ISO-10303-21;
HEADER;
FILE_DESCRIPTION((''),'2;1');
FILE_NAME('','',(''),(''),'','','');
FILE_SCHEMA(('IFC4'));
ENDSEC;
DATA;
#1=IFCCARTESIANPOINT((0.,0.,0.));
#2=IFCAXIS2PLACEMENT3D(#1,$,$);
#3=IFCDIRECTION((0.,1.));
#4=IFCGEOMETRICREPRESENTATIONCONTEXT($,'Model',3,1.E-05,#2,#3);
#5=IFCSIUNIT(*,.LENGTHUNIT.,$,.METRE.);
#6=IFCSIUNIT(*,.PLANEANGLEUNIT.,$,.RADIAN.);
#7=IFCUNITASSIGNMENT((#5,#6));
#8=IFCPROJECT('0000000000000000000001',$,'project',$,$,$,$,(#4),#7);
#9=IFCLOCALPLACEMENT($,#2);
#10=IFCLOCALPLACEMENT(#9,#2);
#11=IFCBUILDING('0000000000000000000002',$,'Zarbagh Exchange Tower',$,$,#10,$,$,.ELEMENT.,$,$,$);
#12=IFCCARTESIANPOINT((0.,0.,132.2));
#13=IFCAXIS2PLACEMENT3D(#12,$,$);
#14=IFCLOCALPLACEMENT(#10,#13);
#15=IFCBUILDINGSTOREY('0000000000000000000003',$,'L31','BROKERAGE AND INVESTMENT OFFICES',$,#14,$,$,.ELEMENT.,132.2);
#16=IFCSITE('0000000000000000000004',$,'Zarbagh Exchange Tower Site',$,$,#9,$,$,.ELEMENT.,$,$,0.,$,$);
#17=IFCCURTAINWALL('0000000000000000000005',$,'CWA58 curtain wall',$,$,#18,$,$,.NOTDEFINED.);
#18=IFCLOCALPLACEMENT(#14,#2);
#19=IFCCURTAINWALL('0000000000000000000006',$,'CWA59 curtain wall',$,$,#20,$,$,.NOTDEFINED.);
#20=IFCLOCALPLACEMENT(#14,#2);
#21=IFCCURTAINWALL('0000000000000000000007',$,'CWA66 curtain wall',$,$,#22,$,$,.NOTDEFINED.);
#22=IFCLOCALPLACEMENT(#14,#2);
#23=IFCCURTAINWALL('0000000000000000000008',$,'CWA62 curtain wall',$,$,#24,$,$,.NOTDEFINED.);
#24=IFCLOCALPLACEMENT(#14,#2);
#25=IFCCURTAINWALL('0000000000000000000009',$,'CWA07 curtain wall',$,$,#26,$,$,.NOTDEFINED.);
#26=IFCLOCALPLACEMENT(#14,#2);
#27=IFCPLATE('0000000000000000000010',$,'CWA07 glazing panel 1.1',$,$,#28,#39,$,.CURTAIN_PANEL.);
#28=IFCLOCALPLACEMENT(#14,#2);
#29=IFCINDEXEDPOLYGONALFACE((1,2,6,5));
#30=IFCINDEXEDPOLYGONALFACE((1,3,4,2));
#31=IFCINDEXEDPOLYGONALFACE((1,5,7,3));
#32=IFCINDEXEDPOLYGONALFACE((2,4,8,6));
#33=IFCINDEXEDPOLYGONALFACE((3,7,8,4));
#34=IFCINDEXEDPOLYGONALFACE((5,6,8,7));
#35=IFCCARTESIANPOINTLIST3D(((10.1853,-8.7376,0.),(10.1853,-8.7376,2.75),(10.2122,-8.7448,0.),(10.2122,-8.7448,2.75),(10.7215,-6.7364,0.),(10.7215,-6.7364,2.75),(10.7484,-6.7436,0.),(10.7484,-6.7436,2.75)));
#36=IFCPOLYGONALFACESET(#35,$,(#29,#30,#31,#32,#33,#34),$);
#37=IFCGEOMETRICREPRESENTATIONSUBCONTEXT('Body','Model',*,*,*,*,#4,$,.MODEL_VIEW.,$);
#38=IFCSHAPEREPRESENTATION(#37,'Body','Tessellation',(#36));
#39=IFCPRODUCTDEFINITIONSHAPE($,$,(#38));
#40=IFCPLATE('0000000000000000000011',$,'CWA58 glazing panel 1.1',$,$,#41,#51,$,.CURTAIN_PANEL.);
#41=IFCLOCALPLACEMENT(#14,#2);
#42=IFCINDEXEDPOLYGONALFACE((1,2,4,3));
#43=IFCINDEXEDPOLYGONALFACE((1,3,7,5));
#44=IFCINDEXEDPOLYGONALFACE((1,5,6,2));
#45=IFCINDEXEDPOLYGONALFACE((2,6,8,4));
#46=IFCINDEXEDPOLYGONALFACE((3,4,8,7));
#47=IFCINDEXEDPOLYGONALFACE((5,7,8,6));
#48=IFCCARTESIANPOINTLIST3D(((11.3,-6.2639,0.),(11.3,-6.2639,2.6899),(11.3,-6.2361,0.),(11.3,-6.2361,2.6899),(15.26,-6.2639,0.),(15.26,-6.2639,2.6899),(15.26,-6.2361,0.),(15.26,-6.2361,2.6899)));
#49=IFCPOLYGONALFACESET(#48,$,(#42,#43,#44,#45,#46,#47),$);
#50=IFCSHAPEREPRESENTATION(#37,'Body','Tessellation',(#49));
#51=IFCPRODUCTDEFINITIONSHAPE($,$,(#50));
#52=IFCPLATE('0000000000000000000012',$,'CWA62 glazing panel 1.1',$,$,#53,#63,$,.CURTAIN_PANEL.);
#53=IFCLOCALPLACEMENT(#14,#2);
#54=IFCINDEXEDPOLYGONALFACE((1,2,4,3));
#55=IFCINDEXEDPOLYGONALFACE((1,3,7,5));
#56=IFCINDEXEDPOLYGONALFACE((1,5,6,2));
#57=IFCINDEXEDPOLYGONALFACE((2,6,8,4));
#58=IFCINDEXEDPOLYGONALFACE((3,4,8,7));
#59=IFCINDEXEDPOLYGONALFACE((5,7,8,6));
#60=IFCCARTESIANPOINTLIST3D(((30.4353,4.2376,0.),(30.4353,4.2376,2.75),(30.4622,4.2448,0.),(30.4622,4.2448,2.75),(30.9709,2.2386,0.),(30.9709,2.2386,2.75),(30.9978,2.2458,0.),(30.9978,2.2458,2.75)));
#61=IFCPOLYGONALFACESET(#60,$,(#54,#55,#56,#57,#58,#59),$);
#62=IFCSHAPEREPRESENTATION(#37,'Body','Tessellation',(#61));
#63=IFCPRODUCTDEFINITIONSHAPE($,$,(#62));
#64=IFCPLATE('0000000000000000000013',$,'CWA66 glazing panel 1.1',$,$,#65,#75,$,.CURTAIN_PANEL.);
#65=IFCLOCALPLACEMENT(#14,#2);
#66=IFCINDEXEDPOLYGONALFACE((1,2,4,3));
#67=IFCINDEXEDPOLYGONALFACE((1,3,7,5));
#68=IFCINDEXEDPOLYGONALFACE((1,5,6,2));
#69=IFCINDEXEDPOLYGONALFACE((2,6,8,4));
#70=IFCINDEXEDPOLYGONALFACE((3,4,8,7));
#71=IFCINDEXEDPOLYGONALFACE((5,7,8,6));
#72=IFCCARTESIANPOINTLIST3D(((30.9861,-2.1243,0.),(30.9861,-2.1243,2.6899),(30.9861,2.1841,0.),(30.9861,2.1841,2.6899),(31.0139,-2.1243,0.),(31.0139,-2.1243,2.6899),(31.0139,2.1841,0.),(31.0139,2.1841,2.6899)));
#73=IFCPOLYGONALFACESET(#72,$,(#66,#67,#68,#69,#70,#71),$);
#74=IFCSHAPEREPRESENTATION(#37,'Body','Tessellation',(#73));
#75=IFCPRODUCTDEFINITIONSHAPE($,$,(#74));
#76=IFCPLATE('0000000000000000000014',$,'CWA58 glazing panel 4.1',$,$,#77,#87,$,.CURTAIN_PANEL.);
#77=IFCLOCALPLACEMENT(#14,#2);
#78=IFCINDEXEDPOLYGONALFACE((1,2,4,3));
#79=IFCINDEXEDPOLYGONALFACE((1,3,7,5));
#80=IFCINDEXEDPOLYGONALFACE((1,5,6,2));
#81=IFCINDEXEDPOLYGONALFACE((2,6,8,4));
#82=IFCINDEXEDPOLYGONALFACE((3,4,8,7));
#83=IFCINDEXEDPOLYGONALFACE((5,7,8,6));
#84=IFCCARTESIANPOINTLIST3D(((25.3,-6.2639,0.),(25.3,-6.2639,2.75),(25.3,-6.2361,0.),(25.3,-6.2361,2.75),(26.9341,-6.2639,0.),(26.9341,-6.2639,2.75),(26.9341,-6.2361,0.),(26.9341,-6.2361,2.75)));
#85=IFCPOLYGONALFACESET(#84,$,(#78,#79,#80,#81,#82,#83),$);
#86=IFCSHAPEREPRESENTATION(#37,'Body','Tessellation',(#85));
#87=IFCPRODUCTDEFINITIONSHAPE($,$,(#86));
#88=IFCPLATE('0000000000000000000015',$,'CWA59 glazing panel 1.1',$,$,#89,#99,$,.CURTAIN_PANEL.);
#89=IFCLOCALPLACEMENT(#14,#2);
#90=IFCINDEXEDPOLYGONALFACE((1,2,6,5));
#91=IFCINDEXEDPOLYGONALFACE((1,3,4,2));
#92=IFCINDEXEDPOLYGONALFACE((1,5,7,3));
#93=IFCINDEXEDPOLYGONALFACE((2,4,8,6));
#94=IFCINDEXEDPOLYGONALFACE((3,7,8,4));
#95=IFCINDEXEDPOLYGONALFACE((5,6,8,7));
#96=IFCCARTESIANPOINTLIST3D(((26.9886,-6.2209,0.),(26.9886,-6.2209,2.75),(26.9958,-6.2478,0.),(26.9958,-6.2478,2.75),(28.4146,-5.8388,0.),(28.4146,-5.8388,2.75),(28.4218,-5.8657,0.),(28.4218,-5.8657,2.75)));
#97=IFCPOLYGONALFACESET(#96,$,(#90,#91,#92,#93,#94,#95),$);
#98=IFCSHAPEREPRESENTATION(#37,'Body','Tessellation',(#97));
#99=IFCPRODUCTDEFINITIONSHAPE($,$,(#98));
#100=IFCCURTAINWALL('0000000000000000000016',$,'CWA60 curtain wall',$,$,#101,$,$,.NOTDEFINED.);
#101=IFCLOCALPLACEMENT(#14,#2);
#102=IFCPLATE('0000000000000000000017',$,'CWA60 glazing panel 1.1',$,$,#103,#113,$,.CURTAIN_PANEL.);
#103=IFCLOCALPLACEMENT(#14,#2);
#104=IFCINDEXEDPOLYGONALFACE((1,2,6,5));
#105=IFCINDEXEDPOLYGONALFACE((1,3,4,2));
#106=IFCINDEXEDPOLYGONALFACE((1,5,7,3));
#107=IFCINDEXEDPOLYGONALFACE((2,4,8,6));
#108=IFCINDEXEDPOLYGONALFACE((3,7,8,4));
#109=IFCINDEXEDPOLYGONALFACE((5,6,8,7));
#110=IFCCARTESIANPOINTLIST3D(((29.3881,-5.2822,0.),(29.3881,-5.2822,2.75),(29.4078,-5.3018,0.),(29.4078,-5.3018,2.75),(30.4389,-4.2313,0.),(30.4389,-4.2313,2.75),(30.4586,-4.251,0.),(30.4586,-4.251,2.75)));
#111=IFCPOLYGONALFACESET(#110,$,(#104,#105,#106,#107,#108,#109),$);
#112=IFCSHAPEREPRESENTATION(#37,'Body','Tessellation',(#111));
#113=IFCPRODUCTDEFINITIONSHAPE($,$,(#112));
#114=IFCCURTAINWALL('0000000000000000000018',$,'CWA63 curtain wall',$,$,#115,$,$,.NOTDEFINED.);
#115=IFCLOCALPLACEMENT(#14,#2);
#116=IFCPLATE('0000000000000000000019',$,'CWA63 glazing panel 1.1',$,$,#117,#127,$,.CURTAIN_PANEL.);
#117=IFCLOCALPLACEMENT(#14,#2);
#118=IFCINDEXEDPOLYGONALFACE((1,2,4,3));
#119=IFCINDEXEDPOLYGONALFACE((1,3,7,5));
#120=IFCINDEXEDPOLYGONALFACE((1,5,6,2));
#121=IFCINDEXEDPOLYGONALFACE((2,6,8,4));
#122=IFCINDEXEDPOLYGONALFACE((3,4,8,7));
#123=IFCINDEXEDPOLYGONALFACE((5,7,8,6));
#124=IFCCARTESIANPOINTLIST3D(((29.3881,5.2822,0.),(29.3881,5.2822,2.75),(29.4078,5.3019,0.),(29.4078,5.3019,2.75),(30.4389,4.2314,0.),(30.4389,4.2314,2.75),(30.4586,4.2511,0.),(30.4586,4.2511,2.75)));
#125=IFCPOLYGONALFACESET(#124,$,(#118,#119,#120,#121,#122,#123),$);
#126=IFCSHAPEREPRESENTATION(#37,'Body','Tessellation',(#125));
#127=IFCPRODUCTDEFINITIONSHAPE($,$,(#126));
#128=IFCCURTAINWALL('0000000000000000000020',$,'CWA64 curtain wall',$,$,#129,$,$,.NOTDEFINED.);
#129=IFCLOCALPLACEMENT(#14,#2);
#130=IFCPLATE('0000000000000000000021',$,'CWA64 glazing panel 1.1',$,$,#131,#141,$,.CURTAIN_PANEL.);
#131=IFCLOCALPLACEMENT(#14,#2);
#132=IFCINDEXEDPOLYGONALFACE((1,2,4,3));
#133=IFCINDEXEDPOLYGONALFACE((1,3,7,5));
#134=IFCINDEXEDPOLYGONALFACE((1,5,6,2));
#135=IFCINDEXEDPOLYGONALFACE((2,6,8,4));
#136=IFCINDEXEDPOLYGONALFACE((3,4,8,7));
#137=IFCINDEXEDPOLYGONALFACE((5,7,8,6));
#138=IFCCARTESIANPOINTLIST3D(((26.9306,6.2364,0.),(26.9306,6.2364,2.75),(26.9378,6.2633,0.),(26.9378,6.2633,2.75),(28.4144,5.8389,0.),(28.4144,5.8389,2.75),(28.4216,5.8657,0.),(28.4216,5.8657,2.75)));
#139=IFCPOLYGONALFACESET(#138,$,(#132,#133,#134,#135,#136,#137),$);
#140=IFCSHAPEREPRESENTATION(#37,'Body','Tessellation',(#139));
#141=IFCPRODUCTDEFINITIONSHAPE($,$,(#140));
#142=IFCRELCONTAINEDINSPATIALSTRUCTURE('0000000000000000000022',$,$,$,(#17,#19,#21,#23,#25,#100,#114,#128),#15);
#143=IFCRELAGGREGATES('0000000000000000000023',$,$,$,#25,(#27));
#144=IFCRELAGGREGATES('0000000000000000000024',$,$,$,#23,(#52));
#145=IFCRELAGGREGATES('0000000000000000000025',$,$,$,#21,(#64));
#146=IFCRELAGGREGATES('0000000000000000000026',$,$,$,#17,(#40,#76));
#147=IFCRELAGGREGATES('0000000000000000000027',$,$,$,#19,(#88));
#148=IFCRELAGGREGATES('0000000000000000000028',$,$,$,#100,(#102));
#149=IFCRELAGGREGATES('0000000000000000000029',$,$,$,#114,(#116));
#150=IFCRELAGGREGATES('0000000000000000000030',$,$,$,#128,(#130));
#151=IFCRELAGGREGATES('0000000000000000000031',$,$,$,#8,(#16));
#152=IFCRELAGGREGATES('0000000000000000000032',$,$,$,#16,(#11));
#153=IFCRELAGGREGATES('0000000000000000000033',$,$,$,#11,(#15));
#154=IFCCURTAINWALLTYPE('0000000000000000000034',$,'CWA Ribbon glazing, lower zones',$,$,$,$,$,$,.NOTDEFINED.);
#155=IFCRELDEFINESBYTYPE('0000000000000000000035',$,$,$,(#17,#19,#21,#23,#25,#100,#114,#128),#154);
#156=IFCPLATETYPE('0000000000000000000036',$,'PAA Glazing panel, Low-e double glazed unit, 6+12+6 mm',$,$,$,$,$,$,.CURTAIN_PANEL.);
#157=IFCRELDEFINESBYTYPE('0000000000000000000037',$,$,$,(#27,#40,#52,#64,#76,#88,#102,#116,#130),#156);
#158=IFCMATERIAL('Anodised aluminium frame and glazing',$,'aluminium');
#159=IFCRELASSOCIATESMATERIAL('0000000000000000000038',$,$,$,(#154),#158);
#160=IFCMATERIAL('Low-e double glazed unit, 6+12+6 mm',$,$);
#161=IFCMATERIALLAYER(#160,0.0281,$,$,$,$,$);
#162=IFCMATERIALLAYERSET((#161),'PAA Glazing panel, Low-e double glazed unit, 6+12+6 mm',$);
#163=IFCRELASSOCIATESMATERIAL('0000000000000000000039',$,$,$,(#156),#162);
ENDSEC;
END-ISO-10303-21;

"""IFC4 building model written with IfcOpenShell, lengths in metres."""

from ifc_helpers import new_model, si_unit, direction, frame, origin, place, context, subcontext, project, spatial, polyline, outline, extrude, source, transform, mapped, material, layer, layer_set, type_object, element, aggregate, save


model = new_model("IFC4")

# Units and contexts
model_context = context("Model", 3, precision=1e-05, world=origin(), true_north=direction((0.0, 1.0)))
body_context = subcontext(model_context, "Body", "Model", "MODEL_VIEW")
ifc_project = project(units=[si_unit("LENGTHUNIT", "METRE"), si_unit("PLANEANGLEUNIT", "RADIAN")], contexts=[model_context])

# Site, building, storey
site_placement = place(None, origin())
site = spatial("IfcSite", under=ifc_project, at=site_placement, Name="Zarbagh Exchange Tower Site", CompositionType="ELEMENT", RefElevation=0.0)
building_placement = place(site_placement, origin())
building = spatial("IfcBuilding", under=site, at=building_placement, Name="Zarbagh Exchange Tower", CompositionType="ELEMENT")
storey_placement = place(building_placement, frame((0.0, 0.0, 132.2)))
storey = spatial("IfcBuildingStorey", under=building, at=storey_placement, Name="L31", Description="BROKERAGE AND INVESTMENT OFFICES", CompositionType="ELEMENT", Elevation=132.2)

# Curtain wall
ifc_material_1 = material(Name="Anodised aluminium frame and glazing", Category="aluminium")
curtain_wall_type = type_object("IfcCurtainWallType", Name="CWA Ribbon glazing, lower zones", PredefinedType="NOTDEFINED", material=ifc_material_1)
curtain_wall_1_placement = place(storey_placement, origin())
curtain_wall_1 = element("IfcCurtainWall", 1, at=curtain_wall_1_placement, inside=storey, type_object=curtain_wall_type, Name="CWA58 curtain wall", PredefinedType="NOTDEFINED")
placement = place(storey_placement, origin())

# Curtain walls
curtain_wall_2_placement = place(storey_placement, origin())
curtain_wall_2 = element("IfcCurtainWall", 2, at=curtain_wall_2_placement, inside=storey, type_object=curtain_wall_type, Name="CWA59 curtain wall", PredefinedType="NOTDEFINED")
curtain_wall_3_placement = place(storey_placement, origin())
curtain_wall_3 = element("IfcCurtainWall", 3, at=curtain_wall_3_placement, inside=storey, type_object=curtain_wall_type, Name="CWA66 curtain wall", PredefinedType="NOTDEFINED")
curtain_wall_4_placement = place(storey_placement, origin())
curtain_wall_4 = element("IfcCurtainWall", 4, at=curtain_wall_4_placement, inside=storey, type_object=curtain_wall_type, Name="CWA62 curtain wall", PredefinedType="NOTDEFINED")

# Shared definitions
ifc_material_2 = material(Name="Low-e double glazed unit, 6+12+6 mm")
ifc_layer = layer(ifc_material_2, 0.0281)
ifc_layer_set = layer_set([ifc_layer], Name="PAA Glazing panel, Low-e double glazed unit, 6+12+6 mm")
plate_type = type_object("IfcPlateType", Name="PAA Glazing panel, Low-e double glazed unit, 6+12+6 mm", PredefinedType="CURTAIN_PANEL", material=ifc_layer_set)

# Curtain wall, plate
curtain_wall_5_placement = place(storey_placement, origin())
curtain_wall_5 = element("IfcCurtainWall", 5, at=curtain_wall_5_placement, inside=storey, type_object=curtain_wall_type, Name="CWA07 curtain wall", PredefinedType="NOTDEFINED")
shared_shape_1 = source(origin(), body_context, "Body", "SweptSolid", [
    extrude(outline(polyline([(0.0, -0.0139), (2.0718, -0.0139), (2.0718, 0.0139), (0.0, 0.0139), (0.0, -0.0139)])), origin(), (0.0, 0.0, 1.0), 2.75),
])
plate_1 = element("IfcPlate", 6, at=placement, type_object=plate_type, Name="CWA07 glazing panel 1.1", PredefinedType="CURTAIN_PANEL", context=body_context, shape_type="MappedRepresentation", body=[
    mapped(shared_shape_1, transform((10.1987, -8.7412, 0.0), x_axis=(0.258825, 0.965924, 0.0), y_axis=(-0.965924, 0.258825, 0.0), z_axis=(0.0, 0.0, 1.0))),
])
aggregate(curtain_wall_5, [plate_1])

# Plates
shared_shape_2 = source(origin(), body_context, "Body", "SweptSolid", [
    extrude(outline(polyline([(0.0, -0.0139), (3.96, -0.0139), (3.96, 0.0139), (0.0, 0.0139), (0.0, -0.0139)])), origin(), (0.0, 0.0, 1.0), 2.6899),
])
plate_2 = element("IfcPlate", 7, at=placement, type_object=plate_type, Name="CWA58 glazing panel 1.1", PredefinedType="CURTAIN_PANEL", context=body_context, shape_type="MappedRepresentation", body=[
    mapped(shared_shape_2, transform((11.3, -6.25, 0.0), x_axis=(1.0, 0.0, 0.0), y_axis=(0.0, 1.0, 0.0), z_axis=(0.0, 0.0, 1.0))),
])
shared_shape_3 = source(origin(), body_context, "Body", "SweptSolid", [
    extrude(outline(polyline([(0.0, -0.0139), (2.0696, -0.0139), (2.0696, 0.0139), (0.0, 0.0139), (0.0, -0.0139)])), origin(), (0.0, 0.0, 1.0), 2.75),
])
plate_3 = element("IfcPlate", 8, at=placement, type_object=plate_type, Name="CWA62 glazing panel 1.1", PredefinedType="CURTAIN_PANEL", context=body_context, shape_type="MappedRepresentation", body=[
    mapped(shared_shape_3, transform((30.9844, 2.2422, 0.0), x_axis=(-0.258825, 0.965924, 0.0), y_axis=(-0.965924, -0.258825, 0.0), z_axis=(0.0, 0.0, 1.0))),
])
aggregate(curtain_wall_4, [plate_3])
shared_shape_4 = source(origin(), body_context, "Body", "SweptSolid", [
    extrude(outline(polyline([(0.0, -0.0139), (4.3083, -0.0139), (4.3083, 0.0139), (0.0, 0.0139), (0.0, -0.0139)])), origin(), (0.0, 0.0, 1.0), 2.6899),
])
plate_4 = element("IfcPlate", 9, at=placement, type_object=plate_type, Name="CWA66 glazing panel 1.1", PredefinedType="CURTAIN_PANEL", context=body_context, shape_type="MappedRepresentation", body=[
    mapped(shared_shape_4, transform((31.0, -2.1243, 0.0), x_axis=(0.0, 1.0, 0.0), y_axis=(-1.0, 0.0, 0.0), z_axis=(0.0, 0.0, 1.0))),
])
aggregate(curtain_wall_3, [plate_4])
shared_shape_5 = source(origin(), body_context, "Body", "SweptSolid", [
    extrude(outline(polyline([(0.0, -0.0139), (1.634, -0.0139), (1.634, 0.0139), (0.0, 0.0139), (0.0, -0.0139)])), origin(), (0.0, 0.0, 1.0), 2.75),
])
plate_5 = element("IfcPlate", 10, at=placement, type_object=plate_type, Name="CWA58 glazing panel 4.1", PredefinedType="CURTAIN_PANEL", context=body_context, shape_type="MappedRepresentation", body=[
    mapped(shared_shape_5, transform((25.3, -6.25, 0.0), x_axis=(1.0, 0.0, 0.0), y_axis=(0.0, 1.0, 0.0), z_axis=(0.0, 0.0, 1.0))),
])
aggregate(curtain_wall_1, [plate_2, plate_5])
shared_shape_6 = source(origin(), body_context, "Body", "SweptSolid", [
    extrude(outline(polyline([(0.0, -0.0139), (1.4763, -0.0139), (1.4763, 0.0139), (0.0, 0.0139), (0.0, -0.0139)])), origin(), (0.0, 0.0, 1.0), 2.75),
])
plate_6 = element("IfcPlate", 11, at=placement, type_object=plate_type, Name="CWA59 glazing panel 1.1", PredefinedType="CURTAIN_PANEL", context=body_context, shape_type="MappedRepresentation", body=[
    mapped(shared_shape_6, transform((26.9922, -6.2344, 0.0), x_axis=(0.965924, 0.258825, 0.0), y_axis=(-0.258825, 0.965924, 0.0), z_axis=(0.0, 0.0, 1.0))),
])
aggregate(curtain_wall_2, [plate_6])

# Curtain walls, plates
curtain_wall_6_placement = place(storey_placement, origin())
curtain_wall_6 = element("IfcCurtainWall", 12, at=curtain_wall_6_placement, inside=storey, type_object=curtain_wall_type, Name="CWA60 curtain wall", PredefinedType="NOTDEFINED")
shared_shape_7 = source(origin(), body_context, "Body", "SweptSolid", [
    extrude(outline(polyline([(0.0, -0.0139), (1.4861, -0.0139), (1.4861, 0.0139), (0.0, 0.0139), (0.0, -0.0139)])), origin(), (0.0, 0.0, 1.0), 2.75),
])
plate_7 = element("IfcPlate", 13, at=placement, type_object=plate_type, Name="CWA60 glazing panel 1.1", PredefinedType="CURTAIN_PANEL", context=body_context, shape_type="MappedRepresentation", body=[
    mapped(shared_shape_7, transform((29.3979, -5.292, 0.0), x_axis=(0.707107, 0.707107, 0.0), y_axis=(-0.707107, 0.707107, 0.0), z_axis=(0.0, 0.0, 1.0))),
])
aggregate(curtain_wall_6, [plate_7])
curtain_wall_7_placement = place(storey_placement, origin())
curtain_wall_7 = element("IfcCurtainWall", 14, at=curtain_wall_7_placement, inside=storey, type_object=curtain_wall_type, Name="CWA63 curtain wall", PredefinedType="NOTDEFINED")
plate_8 = element("IfcPlate", 15, at=placement, type_object=plate_type, Name="CWA63 glazing panel 1.1", PredefinedType="CURTAIN_PANEL", context=body_context, shape_type="MappedRepresentation", body=[
    mapped(shared_shape_7, transform((30.4487, 4.2412, 0.0), x_axis=(-0.707107, 0.707107, 0.0), y_axis=(-0.707107, -0.707107, 0.0), z_axis=(0.0, 0.0, 1.0))),
])
aggregate(curtain_wall_7, [plate_8])
curtain_wall_8_placement = place(storey_placement, origin())
curtain_wall_8 = element("IfcCurtainWall", 16, at=curtain_wall_8_placement, inside=storey, type_object=curtain_wall_type, Name="CWA64 curtain wall", PredefinedType="NOTDEFINED")
shared_shape_8 = source(origin(), body_context, "Body", "SweptSolid", [
    extrude(outline(polyline([(0.0, -0.0139), (1.5361, -0.0139), (1.5361, 0.0139), (0.0, 0.0139), (0.0, -0.0139)])), origin(), (0.0, 0.0, 1.0), 2.75),
])
plate_9 = element("IfcPlate", 17, at=placement, type_object=plate_type, Name="CWA64 glazing panel 1.1", PredefinedType="CURTAIN_PANEL", context=body_context, shape_type="MappedRepresentation", body=[
    mapped(shared_shape_8, transform((28.418, 5.8523, 0.0), x_axis=(-0.965924, 0.258825, 0.0), y_axis=(-0.258825, -0.965924, 0.0), z_axis=(0.0, 0.0, 1.0))),
])
aggregate(curtain_wall_8, [plate_9])

save(model, "model.ifc")
